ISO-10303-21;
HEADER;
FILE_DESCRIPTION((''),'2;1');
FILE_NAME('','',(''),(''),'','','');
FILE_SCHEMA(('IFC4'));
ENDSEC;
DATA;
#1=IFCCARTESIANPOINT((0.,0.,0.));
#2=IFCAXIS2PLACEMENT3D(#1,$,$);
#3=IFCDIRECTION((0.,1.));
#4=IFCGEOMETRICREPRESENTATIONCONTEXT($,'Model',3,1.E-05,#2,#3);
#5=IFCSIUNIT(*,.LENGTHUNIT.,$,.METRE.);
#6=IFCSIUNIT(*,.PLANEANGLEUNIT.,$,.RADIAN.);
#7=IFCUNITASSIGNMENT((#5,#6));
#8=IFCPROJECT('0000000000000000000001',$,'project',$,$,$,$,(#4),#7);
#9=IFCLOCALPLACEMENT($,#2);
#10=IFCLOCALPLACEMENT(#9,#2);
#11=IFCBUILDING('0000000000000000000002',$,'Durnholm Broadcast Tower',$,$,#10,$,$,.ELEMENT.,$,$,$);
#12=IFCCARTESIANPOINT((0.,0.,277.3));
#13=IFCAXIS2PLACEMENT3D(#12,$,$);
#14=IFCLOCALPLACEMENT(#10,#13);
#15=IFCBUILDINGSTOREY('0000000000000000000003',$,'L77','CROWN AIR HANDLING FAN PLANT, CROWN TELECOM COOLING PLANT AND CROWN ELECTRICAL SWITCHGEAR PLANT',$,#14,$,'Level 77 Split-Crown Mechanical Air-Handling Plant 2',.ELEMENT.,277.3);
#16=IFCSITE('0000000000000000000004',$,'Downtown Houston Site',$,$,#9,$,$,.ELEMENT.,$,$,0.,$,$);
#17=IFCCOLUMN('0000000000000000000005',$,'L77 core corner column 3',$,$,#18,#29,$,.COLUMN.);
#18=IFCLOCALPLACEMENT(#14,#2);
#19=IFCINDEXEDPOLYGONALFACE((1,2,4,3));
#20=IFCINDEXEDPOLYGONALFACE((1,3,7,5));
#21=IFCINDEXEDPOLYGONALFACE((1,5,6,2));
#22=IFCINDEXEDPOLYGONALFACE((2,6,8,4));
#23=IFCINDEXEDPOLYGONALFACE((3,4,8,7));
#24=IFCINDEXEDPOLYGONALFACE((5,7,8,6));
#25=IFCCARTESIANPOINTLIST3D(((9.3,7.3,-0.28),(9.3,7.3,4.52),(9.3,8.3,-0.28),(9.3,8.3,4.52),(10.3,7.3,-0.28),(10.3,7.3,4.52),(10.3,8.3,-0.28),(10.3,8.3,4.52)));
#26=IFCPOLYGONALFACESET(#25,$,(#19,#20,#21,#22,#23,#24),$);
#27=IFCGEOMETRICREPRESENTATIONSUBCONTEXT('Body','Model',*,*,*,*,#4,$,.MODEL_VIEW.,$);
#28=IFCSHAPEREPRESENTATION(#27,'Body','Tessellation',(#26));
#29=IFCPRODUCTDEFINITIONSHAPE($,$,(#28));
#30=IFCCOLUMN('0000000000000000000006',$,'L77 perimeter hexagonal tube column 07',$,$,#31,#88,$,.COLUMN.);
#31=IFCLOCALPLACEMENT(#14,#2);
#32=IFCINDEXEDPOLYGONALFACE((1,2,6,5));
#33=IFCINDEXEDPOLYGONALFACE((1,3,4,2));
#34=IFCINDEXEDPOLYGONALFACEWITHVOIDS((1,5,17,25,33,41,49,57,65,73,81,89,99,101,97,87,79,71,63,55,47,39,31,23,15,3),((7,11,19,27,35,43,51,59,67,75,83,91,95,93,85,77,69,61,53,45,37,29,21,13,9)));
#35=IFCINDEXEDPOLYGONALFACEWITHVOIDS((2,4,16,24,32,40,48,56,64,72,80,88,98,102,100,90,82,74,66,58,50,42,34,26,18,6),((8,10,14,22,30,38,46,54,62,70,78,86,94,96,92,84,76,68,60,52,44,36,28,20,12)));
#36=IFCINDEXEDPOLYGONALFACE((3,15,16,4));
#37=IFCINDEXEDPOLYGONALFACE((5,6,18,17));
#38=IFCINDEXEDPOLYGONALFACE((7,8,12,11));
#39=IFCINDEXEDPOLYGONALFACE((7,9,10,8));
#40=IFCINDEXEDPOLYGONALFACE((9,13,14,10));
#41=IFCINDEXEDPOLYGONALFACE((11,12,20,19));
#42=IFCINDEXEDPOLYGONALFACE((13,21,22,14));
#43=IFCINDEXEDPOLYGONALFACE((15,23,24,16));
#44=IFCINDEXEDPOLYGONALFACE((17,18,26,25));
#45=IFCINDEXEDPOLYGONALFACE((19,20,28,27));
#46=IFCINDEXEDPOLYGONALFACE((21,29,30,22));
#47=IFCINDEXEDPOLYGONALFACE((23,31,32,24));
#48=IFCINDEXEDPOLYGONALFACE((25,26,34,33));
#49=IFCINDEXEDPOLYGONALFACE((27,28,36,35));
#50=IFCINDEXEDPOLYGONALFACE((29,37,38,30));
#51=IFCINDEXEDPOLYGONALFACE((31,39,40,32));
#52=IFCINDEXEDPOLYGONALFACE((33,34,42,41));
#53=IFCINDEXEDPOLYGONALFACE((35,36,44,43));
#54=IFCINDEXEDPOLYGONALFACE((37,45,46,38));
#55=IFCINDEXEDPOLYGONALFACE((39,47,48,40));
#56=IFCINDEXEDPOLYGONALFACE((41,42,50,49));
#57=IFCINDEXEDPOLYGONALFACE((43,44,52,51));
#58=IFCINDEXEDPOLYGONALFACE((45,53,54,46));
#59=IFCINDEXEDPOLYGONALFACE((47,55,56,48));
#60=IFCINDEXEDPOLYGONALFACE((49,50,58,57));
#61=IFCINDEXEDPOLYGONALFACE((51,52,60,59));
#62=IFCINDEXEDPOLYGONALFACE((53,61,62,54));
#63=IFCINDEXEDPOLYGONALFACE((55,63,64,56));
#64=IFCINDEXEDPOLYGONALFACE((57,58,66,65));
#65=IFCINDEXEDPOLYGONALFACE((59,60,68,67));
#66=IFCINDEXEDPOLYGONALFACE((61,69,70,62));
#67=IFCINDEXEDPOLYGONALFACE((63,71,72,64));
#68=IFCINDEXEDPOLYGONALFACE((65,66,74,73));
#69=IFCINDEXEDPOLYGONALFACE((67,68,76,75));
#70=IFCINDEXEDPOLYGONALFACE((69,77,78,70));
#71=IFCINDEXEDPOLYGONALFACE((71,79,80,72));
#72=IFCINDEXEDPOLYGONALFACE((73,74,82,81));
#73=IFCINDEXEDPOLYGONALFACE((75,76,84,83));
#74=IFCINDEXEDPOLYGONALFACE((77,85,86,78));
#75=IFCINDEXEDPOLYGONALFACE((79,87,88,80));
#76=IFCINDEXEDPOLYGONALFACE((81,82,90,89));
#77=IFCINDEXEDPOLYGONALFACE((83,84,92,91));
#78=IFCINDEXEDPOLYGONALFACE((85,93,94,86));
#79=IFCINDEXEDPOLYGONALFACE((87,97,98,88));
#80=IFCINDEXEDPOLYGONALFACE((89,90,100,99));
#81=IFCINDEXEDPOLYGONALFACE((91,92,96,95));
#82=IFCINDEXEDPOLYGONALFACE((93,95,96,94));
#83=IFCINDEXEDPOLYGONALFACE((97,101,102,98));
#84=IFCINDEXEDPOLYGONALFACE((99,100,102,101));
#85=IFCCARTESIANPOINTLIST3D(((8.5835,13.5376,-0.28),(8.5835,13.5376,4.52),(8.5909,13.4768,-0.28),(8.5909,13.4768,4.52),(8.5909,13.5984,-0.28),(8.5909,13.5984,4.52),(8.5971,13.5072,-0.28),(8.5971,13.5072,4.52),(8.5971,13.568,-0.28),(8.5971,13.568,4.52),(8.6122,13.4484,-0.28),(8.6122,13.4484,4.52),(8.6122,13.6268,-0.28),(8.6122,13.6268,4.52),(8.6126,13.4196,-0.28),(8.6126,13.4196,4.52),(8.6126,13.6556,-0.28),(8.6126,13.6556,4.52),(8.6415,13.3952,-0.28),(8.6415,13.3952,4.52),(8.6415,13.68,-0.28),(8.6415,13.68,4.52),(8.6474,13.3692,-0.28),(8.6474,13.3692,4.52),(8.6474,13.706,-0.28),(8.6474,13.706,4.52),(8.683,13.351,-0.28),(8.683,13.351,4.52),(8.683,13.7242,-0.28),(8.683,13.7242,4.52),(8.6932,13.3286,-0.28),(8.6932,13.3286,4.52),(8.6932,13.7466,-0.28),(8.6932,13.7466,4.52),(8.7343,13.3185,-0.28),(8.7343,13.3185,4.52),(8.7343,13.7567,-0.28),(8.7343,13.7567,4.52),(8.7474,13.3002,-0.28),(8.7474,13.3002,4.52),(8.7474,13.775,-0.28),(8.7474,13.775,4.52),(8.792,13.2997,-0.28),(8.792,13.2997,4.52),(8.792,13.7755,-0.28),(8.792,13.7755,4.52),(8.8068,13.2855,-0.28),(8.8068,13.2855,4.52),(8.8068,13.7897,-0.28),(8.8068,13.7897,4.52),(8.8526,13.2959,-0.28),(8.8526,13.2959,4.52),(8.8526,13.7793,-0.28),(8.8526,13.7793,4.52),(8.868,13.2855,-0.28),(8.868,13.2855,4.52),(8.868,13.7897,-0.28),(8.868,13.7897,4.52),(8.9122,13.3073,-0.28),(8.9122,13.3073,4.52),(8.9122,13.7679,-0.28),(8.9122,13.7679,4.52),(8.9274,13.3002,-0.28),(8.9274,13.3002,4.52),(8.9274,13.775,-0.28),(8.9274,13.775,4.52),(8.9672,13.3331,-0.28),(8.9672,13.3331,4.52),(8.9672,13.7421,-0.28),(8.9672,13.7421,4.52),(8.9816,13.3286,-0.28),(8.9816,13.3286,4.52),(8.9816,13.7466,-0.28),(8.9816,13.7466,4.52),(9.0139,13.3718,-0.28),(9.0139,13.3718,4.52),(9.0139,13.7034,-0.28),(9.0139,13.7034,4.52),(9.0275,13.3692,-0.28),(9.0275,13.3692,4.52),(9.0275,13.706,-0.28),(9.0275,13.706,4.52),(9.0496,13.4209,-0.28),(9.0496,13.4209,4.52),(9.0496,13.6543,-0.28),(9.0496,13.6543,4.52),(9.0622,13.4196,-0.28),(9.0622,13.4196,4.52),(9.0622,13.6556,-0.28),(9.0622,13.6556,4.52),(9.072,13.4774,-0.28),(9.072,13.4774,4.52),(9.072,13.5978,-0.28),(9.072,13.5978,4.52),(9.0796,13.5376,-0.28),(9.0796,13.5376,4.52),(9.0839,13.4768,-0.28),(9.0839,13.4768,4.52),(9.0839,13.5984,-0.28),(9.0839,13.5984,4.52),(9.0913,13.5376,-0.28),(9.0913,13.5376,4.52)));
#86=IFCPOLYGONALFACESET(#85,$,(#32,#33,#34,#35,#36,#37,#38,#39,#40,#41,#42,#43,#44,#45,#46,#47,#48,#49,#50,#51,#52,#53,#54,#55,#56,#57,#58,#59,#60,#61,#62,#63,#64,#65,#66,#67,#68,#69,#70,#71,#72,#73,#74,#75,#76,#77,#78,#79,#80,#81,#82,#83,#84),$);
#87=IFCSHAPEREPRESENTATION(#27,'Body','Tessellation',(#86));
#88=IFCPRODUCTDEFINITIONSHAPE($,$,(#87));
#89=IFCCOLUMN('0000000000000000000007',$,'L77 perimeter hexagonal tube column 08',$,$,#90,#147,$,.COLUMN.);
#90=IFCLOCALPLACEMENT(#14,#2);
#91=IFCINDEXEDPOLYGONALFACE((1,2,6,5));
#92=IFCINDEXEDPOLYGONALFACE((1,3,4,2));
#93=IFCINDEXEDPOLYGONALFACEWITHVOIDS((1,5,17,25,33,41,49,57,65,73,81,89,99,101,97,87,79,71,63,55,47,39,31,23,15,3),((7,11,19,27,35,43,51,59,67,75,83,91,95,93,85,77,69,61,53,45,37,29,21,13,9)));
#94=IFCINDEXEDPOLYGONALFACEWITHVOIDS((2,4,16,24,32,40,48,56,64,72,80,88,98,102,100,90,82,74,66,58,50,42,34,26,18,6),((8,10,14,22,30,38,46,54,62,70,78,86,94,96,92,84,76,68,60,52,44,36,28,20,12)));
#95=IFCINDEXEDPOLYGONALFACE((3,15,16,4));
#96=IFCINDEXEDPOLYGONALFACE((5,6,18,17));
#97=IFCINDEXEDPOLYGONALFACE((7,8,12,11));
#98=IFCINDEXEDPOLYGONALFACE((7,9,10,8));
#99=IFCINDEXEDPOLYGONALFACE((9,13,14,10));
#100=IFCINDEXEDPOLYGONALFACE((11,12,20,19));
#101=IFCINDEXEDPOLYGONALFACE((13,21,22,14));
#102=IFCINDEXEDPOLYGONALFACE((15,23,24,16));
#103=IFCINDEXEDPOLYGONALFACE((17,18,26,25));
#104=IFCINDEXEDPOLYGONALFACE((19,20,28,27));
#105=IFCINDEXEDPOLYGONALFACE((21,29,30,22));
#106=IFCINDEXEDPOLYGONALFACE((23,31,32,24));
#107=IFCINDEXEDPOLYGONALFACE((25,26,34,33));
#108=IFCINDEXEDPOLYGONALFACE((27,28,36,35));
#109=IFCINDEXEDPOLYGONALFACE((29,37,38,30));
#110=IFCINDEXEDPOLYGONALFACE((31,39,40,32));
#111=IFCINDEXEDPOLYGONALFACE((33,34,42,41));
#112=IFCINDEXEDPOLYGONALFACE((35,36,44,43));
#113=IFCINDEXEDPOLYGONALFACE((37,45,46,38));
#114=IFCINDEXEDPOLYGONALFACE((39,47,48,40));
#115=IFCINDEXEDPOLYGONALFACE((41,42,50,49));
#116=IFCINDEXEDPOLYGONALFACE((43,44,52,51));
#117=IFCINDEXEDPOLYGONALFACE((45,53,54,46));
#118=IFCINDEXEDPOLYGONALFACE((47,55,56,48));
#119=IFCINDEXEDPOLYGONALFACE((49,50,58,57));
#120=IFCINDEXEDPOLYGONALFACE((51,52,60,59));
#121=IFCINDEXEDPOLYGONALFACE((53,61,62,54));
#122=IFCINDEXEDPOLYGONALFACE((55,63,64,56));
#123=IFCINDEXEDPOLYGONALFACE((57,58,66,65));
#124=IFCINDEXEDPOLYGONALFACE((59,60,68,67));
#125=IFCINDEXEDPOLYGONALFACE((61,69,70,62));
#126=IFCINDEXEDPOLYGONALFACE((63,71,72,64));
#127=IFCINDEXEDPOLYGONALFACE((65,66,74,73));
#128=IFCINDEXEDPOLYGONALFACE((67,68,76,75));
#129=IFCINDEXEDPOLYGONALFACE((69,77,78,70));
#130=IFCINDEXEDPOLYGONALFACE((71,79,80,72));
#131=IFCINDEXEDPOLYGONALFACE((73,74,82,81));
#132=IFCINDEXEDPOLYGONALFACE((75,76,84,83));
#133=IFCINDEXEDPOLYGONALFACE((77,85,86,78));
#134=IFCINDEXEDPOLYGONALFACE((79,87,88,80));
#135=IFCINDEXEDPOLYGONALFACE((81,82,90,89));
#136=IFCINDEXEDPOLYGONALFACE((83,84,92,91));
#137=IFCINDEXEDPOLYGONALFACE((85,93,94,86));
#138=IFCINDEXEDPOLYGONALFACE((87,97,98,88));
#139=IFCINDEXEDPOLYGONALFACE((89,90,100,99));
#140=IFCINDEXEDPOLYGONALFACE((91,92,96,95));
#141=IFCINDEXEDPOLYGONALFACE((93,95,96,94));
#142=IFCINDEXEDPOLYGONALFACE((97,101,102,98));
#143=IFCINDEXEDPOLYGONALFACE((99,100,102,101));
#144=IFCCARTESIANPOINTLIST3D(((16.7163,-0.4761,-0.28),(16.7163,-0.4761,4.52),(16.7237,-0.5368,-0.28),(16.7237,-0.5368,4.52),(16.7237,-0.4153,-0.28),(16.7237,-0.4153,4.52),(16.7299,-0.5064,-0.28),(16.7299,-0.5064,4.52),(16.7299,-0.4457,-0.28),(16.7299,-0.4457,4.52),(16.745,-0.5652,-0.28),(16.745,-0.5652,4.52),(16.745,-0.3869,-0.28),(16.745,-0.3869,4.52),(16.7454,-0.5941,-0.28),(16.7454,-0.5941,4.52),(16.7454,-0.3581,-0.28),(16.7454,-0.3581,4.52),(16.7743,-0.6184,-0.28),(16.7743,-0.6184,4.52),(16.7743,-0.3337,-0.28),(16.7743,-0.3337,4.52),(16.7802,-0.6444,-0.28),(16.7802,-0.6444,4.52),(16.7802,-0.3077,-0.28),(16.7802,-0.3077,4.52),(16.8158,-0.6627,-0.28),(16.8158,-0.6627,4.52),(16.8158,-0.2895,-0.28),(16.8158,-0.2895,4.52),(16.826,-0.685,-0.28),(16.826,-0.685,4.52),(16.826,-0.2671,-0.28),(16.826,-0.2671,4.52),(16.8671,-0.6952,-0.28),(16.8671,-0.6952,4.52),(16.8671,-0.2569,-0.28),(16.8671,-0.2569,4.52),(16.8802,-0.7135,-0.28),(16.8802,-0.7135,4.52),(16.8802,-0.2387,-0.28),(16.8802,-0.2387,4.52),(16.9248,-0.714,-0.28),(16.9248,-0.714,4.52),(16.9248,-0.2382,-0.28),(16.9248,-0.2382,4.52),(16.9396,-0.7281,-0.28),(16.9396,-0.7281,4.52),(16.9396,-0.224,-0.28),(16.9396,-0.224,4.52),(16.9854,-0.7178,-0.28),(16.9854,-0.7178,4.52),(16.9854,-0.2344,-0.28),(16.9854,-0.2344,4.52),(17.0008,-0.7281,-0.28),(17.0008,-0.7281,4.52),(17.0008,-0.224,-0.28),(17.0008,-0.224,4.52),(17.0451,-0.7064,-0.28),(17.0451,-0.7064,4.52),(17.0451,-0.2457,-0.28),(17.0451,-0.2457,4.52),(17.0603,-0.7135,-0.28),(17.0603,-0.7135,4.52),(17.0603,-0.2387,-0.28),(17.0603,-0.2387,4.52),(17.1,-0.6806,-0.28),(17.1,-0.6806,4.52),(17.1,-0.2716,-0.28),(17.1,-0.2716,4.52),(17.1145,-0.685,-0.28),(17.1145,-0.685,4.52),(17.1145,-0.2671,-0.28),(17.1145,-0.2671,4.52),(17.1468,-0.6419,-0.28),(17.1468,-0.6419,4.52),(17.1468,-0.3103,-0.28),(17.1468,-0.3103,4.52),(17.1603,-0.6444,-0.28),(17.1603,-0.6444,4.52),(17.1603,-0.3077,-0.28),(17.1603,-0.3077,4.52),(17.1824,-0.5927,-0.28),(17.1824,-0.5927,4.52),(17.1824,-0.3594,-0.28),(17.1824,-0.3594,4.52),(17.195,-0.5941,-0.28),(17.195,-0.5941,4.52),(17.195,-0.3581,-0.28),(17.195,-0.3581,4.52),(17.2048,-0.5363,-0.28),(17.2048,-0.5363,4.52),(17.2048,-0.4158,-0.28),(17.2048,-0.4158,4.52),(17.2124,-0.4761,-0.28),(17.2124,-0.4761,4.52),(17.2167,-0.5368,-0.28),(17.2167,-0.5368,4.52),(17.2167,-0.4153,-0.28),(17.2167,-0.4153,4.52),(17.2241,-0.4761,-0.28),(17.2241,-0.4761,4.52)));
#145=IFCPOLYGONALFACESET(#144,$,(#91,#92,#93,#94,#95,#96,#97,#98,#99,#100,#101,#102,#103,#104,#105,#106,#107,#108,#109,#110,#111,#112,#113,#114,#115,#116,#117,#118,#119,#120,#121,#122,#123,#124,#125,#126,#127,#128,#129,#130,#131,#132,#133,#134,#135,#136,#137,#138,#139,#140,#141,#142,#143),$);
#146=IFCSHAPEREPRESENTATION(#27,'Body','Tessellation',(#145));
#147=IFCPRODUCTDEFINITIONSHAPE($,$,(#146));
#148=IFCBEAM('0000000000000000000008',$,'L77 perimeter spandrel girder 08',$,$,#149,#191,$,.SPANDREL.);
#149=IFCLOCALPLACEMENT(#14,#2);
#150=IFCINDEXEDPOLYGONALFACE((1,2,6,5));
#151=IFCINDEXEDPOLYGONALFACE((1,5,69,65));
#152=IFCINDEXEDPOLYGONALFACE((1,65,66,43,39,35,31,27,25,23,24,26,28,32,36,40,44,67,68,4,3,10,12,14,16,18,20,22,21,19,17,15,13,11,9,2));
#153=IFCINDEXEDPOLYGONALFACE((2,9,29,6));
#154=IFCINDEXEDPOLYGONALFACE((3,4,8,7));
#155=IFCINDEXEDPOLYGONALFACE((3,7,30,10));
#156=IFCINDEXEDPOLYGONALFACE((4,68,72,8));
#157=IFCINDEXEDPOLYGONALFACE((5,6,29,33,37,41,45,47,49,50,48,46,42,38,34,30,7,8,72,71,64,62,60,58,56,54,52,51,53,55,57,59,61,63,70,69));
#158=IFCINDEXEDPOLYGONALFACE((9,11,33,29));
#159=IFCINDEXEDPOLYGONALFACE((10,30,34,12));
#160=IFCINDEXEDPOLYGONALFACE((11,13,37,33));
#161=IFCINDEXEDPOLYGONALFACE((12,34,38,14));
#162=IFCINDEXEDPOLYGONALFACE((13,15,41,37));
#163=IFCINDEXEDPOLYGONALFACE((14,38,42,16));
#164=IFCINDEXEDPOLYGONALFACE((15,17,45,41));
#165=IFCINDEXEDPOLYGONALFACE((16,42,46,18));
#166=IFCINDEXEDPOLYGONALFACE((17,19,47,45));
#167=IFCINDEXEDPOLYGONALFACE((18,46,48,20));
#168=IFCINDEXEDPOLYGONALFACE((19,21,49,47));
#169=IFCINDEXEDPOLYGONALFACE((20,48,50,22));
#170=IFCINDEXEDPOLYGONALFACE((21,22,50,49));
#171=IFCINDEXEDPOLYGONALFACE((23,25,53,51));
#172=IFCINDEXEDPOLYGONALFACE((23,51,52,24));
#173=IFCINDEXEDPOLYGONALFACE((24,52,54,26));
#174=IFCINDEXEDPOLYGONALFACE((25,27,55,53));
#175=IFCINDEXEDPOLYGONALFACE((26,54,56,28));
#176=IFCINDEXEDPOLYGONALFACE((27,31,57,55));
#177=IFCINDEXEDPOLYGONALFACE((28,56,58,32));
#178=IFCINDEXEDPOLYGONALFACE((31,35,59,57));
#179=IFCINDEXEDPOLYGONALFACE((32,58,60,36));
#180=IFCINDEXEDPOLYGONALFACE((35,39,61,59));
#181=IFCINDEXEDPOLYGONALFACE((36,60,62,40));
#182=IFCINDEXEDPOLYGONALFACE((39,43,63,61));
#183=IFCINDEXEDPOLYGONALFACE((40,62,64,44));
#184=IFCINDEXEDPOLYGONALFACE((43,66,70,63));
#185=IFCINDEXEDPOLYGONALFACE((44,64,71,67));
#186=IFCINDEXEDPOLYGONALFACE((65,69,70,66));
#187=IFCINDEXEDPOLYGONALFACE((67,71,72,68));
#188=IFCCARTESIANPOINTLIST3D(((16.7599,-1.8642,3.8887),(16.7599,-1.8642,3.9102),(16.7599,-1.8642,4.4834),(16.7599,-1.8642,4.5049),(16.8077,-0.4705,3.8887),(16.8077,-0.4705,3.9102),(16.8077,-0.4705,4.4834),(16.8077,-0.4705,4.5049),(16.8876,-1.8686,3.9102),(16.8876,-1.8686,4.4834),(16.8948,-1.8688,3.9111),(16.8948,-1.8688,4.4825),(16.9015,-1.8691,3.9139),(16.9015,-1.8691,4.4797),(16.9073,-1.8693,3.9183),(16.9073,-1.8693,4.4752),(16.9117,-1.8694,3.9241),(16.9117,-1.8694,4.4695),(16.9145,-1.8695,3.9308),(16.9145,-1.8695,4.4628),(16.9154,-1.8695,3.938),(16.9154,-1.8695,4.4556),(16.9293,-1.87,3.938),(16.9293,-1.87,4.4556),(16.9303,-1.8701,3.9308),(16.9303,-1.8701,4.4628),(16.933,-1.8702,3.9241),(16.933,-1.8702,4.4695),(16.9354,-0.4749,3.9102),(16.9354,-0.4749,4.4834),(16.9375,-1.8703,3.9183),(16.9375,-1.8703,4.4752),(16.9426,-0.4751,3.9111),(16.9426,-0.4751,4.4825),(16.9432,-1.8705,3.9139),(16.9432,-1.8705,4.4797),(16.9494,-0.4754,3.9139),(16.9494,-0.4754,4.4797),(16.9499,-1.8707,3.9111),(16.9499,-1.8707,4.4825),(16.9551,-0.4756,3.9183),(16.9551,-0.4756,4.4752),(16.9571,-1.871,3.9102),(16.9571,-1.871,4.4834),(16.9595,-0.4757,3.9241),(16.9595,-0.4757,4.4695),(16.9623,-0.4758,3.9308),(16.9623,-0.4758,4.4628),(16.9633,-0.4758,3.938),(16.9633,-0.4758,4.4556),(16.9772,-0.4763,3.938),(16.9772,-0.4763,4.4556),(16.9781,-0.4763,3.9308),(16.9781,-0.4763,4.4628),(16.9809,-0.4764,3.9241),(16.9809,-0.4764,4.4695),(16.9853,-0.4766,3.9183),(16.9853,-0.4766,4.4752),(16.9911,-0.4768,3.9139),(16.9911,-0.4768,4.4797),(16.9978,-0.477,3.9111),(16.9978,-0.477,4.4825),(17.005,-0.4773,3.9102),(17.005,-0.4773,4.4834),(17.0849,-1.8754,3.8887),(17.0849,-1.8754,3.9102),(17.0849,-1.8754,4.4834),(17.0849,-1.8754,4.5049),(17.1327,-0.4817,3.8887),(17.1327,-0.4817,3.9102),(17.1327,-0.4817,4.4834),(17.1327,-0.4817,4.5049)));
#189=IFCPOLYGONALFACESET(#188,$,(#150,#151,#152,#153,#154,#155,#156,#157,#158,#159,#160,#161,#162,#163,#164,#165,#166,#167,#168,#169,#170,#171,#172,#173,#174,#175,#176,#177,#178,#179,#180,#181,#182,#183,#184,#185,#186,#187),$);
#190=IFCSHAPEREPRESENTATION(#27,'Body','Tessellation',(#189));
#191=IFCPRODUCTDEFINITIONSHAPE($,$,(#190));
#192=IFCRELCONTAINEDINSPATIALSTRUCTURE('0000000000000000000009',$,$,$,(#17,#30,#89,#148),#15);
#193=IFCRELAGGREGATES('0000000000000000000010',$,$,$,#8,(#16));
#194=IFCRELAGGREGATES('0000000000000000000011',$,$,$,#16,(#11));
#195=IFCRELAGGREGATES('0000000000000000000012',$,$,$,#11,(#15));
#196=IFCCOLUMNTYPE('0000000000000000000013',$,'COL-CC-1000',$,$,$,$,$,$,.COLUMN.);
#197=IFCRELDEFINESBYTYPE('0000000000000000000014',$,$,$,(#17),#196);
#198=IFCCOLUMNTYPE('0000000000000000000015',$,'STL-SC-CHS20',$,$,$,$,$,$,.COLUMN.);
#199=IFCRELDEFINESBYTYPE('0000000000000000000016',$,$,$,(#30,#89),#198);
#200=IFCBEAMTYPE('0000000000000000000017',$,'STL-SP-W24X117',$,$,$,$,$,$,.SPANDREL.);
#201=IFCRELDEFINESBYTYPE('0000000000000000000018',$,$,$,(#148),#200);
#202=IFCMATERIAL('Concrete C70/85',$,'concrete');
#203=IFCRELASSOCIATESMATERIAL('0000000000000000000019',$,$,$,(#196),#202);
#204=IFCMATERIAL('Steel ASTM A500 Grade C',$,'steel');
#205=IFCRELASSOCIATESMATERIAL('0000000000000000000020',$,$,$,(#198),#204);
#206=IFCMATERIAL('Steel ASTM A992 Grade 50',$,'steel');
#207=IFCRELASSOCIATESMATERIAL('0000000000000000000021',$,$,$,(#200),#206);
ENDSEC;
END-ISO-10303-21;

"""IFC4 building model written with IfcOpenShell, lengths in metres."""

from ifc_helpers import new_model, si_unit, direction, frame, origin, origin_2d, place, context, subcontext, project, spatial, rectangle, hollow_circle, i_section, extrude, source, transform, mapped, material, material_profile, profile_set, type_object, type_shapes, element, save


model = new_model("IFC4")

# Units and contexts
model_context = context("Model", 3, precision=1e-05, world=origin(), true_north=direction((0.0, 1.0)))
body_context = subcontext(model_context, "Body", "Model", "MODEL_VIEW")
ifc_project = project(units=[si_unit("LENGTHUNIT", "METRE"), si_unit("PLANEANGLEUNIT", "RADIAN")], contexts=[model_context])

# Site, building, storey
site_placement = place(None, origin())
site = spatial("IfcSite", under=ifc_project, at=site_placement, Name="Downtown Houston Site", CompositionType="ELEMENT", RefElevation=0.0)
building_placement = place(site_placement, origin())
building = spatial("IfcBuilding", under=site, at=building_placement, Name="Durnholm Broadcast Tower", CompositionType="ELEMENT")
storey_placement = place(building_placement, frame((0.0, 0.0, 277.3)))
storey = spatial("IfcBuildingStorey", under=building, at=storey_placement, Name="L77", Description="CROWN AIR HANDLING FAN PLANT, CROWN TELECOM COOLING PLANT AND CROWN ELECTRICAL SWITCHGEAR PLANT", LongName="Level 77 Split-Crown Mechanical Air-Handling Plant 2", CompositionType="ELEMENT", Elevation=277.3)

# Columns
ifc_material_1 = material(Name="Concrete C70/85", Category="concrete")
ifc_material_profile_1 = material_profile(ifc_material_1, rectangle(XDim=1.0, YDim=1.0, at=origin_2d()), Name="RC1000X1000")
ifc_profile_set_1 = profile_set([ifc_material_profile_1], Name="Concrete C70/85")
column_type_1 = type_object("IfcColumnType", Name="COL-CC-1000", PredefinedType="COLUMN", material=ifc_profile_set_1)
shared_shape_1 = source(origin(), body_context, "Body", "SweptSolid", [
    extrude(rectangle(XDim=1.0, YDim=1.0, at=origin_2d()), origin(), (0.0, 0.0, 1.0), 4.8),
])
type_shapes(column_type_1, [shared_shape_1])
column_placement = place(storey_placement, frame((9.8, 7.8, -0.28), z_axis=(0.0, 0.0, 1.0), x_axis=(1.0, 0.0, 0.0)))
element("IfcColumn", 1, at=column_placement, inside=storey, type_object=column_type_1, Name="L77 core corner column 3", PredefinedType="COLUMN", context=body_context, shape_type="MappedRepresentation", body=[
    mapped(shared_shape_1, transform((0.0, 0.0, 0.0), x_axis=(1.0, 0.0, 0.0), y_axis=(0.0, 1.0, 0.0), z_axis=(0.0, 0.0, 1.0), scale=1.0)),
])
ifc_material_2 = material(Name="Steel ASTM A500 Grade C", Category="steel")
ifc_material_profile_2 = material_profile(ifc_material_2, hollow_circle(Radius=0.2539, WallThickness=0.0117, at=origin_2d()), Name="HSS20.000X0.500")
ifc_profile_set_2 = profile_set([ifc_material_profile_2], Name="Steel ASTM A500 Grade C")
column_type_2 = type_object("IfcColumnType", Name="STL-SC-CHS20", PredefinedType="COLUMN", material=ifc_profile_set_2)
shared_shape_2 = source(origin(), body_context, "Body", "SweptSolid", [
    extrude(hollow_circle(Radius=0.2539, WallThickness=0.0117, at=origin_2d()), origin(), (0.0, 0.0, 1.0), 4.8),
])
type_shapes(column_type_2, [shared_shape_2])
for number, where, z_axis, x_axis, name in (
    (2, (8.8374, 13.5376, -0.28), (0.0, 0.0, 1.0), (1.0, 0.0, 0.0), "L77 perimeter hexagonal tube column 07"),
    (3, (16.9702, -0.4761, -0.28), (0.0, 0.0, 1.0), (1.0, 0.0, 0.0), "L77 perimeter hexagonal tube column 08"),
):
    element("IfcColumn", number, at=place(storey_placement, frame(where, z_axis=z_axis, x_axis=x_axis)), inside=storey, type_object=column_type_2, Name=name, PredefinedType="COLUMN", context=body_context, shape_type="MappedRepresentation", body=[
        mapped(shared_shape_2, transform((0.0, 0.0, 0.0), x_axis=(1.0, 0.0, 0.0), y_axis=(0.0, 1.0, 0.0), z_axis=(0.0, 0.0, 1.0), scale=1.0)),
    ])

# Beam
ifc_material_3 = material(Name="Steel ASTM A992 Grade 50", Category="steel")
ifc_material_profile_3 = material_profile(ifc_material_3, i_section(OverallWidth=0.3252, OverallDepth=0.6162, WebThickness=0.0139, FlangeThickness=0.0215, FilletRadius=0.0278, at=origin_2d()), Name="W24X117")
ifc_profile_set_3 = profile_set([ifc_material_profile_3], Name="Steel ASTM A992 Grade 50")
beam_type_1 = type_object("IfcBeamType", Name="STL-SP-W24X117", PredefinedType="SPANDREL", material=ifc_profile_set_3)
shared_shape_3 = source(origin(), body_context, "Body", "SweptSolid", [
    extrude(i_section(OverallWidth=0.3252, OverallDepth=0.6162, WebThickness=0.0139, FlangeThickness=0.0215, FilletRadius=0.0278, at=origin_2d()), origin(), (0.0, 0.0, 1.0), 1.3945),
])
beam_1_placement = place(storey_placement, frame((16.9702, -0.4761, 4.1968), z_axis=(-0.034312, -0.999411, 0.0), x_axis=(0.999411, -0.034312, 0.0)))
element("IfcBeam", 4, at=beam_1_placement, inside=storey, type_object=beam_type_1, Name="L77 perimeter spandrel girder 08", PredefinedType="SPANDREL", context=body_context, shape_type="MappedRepresentation", body=[
    mapped(shared_shape_3, transform((0.0, 0.0, 0.0), x_axis=(1.0, 0.0, 0.0), y_axis=(0.0, 1.0, 0.0), z_axis=(0.0, 0.0, 1.0), scale=1.0)),
])

save(model, "model.ifc")
